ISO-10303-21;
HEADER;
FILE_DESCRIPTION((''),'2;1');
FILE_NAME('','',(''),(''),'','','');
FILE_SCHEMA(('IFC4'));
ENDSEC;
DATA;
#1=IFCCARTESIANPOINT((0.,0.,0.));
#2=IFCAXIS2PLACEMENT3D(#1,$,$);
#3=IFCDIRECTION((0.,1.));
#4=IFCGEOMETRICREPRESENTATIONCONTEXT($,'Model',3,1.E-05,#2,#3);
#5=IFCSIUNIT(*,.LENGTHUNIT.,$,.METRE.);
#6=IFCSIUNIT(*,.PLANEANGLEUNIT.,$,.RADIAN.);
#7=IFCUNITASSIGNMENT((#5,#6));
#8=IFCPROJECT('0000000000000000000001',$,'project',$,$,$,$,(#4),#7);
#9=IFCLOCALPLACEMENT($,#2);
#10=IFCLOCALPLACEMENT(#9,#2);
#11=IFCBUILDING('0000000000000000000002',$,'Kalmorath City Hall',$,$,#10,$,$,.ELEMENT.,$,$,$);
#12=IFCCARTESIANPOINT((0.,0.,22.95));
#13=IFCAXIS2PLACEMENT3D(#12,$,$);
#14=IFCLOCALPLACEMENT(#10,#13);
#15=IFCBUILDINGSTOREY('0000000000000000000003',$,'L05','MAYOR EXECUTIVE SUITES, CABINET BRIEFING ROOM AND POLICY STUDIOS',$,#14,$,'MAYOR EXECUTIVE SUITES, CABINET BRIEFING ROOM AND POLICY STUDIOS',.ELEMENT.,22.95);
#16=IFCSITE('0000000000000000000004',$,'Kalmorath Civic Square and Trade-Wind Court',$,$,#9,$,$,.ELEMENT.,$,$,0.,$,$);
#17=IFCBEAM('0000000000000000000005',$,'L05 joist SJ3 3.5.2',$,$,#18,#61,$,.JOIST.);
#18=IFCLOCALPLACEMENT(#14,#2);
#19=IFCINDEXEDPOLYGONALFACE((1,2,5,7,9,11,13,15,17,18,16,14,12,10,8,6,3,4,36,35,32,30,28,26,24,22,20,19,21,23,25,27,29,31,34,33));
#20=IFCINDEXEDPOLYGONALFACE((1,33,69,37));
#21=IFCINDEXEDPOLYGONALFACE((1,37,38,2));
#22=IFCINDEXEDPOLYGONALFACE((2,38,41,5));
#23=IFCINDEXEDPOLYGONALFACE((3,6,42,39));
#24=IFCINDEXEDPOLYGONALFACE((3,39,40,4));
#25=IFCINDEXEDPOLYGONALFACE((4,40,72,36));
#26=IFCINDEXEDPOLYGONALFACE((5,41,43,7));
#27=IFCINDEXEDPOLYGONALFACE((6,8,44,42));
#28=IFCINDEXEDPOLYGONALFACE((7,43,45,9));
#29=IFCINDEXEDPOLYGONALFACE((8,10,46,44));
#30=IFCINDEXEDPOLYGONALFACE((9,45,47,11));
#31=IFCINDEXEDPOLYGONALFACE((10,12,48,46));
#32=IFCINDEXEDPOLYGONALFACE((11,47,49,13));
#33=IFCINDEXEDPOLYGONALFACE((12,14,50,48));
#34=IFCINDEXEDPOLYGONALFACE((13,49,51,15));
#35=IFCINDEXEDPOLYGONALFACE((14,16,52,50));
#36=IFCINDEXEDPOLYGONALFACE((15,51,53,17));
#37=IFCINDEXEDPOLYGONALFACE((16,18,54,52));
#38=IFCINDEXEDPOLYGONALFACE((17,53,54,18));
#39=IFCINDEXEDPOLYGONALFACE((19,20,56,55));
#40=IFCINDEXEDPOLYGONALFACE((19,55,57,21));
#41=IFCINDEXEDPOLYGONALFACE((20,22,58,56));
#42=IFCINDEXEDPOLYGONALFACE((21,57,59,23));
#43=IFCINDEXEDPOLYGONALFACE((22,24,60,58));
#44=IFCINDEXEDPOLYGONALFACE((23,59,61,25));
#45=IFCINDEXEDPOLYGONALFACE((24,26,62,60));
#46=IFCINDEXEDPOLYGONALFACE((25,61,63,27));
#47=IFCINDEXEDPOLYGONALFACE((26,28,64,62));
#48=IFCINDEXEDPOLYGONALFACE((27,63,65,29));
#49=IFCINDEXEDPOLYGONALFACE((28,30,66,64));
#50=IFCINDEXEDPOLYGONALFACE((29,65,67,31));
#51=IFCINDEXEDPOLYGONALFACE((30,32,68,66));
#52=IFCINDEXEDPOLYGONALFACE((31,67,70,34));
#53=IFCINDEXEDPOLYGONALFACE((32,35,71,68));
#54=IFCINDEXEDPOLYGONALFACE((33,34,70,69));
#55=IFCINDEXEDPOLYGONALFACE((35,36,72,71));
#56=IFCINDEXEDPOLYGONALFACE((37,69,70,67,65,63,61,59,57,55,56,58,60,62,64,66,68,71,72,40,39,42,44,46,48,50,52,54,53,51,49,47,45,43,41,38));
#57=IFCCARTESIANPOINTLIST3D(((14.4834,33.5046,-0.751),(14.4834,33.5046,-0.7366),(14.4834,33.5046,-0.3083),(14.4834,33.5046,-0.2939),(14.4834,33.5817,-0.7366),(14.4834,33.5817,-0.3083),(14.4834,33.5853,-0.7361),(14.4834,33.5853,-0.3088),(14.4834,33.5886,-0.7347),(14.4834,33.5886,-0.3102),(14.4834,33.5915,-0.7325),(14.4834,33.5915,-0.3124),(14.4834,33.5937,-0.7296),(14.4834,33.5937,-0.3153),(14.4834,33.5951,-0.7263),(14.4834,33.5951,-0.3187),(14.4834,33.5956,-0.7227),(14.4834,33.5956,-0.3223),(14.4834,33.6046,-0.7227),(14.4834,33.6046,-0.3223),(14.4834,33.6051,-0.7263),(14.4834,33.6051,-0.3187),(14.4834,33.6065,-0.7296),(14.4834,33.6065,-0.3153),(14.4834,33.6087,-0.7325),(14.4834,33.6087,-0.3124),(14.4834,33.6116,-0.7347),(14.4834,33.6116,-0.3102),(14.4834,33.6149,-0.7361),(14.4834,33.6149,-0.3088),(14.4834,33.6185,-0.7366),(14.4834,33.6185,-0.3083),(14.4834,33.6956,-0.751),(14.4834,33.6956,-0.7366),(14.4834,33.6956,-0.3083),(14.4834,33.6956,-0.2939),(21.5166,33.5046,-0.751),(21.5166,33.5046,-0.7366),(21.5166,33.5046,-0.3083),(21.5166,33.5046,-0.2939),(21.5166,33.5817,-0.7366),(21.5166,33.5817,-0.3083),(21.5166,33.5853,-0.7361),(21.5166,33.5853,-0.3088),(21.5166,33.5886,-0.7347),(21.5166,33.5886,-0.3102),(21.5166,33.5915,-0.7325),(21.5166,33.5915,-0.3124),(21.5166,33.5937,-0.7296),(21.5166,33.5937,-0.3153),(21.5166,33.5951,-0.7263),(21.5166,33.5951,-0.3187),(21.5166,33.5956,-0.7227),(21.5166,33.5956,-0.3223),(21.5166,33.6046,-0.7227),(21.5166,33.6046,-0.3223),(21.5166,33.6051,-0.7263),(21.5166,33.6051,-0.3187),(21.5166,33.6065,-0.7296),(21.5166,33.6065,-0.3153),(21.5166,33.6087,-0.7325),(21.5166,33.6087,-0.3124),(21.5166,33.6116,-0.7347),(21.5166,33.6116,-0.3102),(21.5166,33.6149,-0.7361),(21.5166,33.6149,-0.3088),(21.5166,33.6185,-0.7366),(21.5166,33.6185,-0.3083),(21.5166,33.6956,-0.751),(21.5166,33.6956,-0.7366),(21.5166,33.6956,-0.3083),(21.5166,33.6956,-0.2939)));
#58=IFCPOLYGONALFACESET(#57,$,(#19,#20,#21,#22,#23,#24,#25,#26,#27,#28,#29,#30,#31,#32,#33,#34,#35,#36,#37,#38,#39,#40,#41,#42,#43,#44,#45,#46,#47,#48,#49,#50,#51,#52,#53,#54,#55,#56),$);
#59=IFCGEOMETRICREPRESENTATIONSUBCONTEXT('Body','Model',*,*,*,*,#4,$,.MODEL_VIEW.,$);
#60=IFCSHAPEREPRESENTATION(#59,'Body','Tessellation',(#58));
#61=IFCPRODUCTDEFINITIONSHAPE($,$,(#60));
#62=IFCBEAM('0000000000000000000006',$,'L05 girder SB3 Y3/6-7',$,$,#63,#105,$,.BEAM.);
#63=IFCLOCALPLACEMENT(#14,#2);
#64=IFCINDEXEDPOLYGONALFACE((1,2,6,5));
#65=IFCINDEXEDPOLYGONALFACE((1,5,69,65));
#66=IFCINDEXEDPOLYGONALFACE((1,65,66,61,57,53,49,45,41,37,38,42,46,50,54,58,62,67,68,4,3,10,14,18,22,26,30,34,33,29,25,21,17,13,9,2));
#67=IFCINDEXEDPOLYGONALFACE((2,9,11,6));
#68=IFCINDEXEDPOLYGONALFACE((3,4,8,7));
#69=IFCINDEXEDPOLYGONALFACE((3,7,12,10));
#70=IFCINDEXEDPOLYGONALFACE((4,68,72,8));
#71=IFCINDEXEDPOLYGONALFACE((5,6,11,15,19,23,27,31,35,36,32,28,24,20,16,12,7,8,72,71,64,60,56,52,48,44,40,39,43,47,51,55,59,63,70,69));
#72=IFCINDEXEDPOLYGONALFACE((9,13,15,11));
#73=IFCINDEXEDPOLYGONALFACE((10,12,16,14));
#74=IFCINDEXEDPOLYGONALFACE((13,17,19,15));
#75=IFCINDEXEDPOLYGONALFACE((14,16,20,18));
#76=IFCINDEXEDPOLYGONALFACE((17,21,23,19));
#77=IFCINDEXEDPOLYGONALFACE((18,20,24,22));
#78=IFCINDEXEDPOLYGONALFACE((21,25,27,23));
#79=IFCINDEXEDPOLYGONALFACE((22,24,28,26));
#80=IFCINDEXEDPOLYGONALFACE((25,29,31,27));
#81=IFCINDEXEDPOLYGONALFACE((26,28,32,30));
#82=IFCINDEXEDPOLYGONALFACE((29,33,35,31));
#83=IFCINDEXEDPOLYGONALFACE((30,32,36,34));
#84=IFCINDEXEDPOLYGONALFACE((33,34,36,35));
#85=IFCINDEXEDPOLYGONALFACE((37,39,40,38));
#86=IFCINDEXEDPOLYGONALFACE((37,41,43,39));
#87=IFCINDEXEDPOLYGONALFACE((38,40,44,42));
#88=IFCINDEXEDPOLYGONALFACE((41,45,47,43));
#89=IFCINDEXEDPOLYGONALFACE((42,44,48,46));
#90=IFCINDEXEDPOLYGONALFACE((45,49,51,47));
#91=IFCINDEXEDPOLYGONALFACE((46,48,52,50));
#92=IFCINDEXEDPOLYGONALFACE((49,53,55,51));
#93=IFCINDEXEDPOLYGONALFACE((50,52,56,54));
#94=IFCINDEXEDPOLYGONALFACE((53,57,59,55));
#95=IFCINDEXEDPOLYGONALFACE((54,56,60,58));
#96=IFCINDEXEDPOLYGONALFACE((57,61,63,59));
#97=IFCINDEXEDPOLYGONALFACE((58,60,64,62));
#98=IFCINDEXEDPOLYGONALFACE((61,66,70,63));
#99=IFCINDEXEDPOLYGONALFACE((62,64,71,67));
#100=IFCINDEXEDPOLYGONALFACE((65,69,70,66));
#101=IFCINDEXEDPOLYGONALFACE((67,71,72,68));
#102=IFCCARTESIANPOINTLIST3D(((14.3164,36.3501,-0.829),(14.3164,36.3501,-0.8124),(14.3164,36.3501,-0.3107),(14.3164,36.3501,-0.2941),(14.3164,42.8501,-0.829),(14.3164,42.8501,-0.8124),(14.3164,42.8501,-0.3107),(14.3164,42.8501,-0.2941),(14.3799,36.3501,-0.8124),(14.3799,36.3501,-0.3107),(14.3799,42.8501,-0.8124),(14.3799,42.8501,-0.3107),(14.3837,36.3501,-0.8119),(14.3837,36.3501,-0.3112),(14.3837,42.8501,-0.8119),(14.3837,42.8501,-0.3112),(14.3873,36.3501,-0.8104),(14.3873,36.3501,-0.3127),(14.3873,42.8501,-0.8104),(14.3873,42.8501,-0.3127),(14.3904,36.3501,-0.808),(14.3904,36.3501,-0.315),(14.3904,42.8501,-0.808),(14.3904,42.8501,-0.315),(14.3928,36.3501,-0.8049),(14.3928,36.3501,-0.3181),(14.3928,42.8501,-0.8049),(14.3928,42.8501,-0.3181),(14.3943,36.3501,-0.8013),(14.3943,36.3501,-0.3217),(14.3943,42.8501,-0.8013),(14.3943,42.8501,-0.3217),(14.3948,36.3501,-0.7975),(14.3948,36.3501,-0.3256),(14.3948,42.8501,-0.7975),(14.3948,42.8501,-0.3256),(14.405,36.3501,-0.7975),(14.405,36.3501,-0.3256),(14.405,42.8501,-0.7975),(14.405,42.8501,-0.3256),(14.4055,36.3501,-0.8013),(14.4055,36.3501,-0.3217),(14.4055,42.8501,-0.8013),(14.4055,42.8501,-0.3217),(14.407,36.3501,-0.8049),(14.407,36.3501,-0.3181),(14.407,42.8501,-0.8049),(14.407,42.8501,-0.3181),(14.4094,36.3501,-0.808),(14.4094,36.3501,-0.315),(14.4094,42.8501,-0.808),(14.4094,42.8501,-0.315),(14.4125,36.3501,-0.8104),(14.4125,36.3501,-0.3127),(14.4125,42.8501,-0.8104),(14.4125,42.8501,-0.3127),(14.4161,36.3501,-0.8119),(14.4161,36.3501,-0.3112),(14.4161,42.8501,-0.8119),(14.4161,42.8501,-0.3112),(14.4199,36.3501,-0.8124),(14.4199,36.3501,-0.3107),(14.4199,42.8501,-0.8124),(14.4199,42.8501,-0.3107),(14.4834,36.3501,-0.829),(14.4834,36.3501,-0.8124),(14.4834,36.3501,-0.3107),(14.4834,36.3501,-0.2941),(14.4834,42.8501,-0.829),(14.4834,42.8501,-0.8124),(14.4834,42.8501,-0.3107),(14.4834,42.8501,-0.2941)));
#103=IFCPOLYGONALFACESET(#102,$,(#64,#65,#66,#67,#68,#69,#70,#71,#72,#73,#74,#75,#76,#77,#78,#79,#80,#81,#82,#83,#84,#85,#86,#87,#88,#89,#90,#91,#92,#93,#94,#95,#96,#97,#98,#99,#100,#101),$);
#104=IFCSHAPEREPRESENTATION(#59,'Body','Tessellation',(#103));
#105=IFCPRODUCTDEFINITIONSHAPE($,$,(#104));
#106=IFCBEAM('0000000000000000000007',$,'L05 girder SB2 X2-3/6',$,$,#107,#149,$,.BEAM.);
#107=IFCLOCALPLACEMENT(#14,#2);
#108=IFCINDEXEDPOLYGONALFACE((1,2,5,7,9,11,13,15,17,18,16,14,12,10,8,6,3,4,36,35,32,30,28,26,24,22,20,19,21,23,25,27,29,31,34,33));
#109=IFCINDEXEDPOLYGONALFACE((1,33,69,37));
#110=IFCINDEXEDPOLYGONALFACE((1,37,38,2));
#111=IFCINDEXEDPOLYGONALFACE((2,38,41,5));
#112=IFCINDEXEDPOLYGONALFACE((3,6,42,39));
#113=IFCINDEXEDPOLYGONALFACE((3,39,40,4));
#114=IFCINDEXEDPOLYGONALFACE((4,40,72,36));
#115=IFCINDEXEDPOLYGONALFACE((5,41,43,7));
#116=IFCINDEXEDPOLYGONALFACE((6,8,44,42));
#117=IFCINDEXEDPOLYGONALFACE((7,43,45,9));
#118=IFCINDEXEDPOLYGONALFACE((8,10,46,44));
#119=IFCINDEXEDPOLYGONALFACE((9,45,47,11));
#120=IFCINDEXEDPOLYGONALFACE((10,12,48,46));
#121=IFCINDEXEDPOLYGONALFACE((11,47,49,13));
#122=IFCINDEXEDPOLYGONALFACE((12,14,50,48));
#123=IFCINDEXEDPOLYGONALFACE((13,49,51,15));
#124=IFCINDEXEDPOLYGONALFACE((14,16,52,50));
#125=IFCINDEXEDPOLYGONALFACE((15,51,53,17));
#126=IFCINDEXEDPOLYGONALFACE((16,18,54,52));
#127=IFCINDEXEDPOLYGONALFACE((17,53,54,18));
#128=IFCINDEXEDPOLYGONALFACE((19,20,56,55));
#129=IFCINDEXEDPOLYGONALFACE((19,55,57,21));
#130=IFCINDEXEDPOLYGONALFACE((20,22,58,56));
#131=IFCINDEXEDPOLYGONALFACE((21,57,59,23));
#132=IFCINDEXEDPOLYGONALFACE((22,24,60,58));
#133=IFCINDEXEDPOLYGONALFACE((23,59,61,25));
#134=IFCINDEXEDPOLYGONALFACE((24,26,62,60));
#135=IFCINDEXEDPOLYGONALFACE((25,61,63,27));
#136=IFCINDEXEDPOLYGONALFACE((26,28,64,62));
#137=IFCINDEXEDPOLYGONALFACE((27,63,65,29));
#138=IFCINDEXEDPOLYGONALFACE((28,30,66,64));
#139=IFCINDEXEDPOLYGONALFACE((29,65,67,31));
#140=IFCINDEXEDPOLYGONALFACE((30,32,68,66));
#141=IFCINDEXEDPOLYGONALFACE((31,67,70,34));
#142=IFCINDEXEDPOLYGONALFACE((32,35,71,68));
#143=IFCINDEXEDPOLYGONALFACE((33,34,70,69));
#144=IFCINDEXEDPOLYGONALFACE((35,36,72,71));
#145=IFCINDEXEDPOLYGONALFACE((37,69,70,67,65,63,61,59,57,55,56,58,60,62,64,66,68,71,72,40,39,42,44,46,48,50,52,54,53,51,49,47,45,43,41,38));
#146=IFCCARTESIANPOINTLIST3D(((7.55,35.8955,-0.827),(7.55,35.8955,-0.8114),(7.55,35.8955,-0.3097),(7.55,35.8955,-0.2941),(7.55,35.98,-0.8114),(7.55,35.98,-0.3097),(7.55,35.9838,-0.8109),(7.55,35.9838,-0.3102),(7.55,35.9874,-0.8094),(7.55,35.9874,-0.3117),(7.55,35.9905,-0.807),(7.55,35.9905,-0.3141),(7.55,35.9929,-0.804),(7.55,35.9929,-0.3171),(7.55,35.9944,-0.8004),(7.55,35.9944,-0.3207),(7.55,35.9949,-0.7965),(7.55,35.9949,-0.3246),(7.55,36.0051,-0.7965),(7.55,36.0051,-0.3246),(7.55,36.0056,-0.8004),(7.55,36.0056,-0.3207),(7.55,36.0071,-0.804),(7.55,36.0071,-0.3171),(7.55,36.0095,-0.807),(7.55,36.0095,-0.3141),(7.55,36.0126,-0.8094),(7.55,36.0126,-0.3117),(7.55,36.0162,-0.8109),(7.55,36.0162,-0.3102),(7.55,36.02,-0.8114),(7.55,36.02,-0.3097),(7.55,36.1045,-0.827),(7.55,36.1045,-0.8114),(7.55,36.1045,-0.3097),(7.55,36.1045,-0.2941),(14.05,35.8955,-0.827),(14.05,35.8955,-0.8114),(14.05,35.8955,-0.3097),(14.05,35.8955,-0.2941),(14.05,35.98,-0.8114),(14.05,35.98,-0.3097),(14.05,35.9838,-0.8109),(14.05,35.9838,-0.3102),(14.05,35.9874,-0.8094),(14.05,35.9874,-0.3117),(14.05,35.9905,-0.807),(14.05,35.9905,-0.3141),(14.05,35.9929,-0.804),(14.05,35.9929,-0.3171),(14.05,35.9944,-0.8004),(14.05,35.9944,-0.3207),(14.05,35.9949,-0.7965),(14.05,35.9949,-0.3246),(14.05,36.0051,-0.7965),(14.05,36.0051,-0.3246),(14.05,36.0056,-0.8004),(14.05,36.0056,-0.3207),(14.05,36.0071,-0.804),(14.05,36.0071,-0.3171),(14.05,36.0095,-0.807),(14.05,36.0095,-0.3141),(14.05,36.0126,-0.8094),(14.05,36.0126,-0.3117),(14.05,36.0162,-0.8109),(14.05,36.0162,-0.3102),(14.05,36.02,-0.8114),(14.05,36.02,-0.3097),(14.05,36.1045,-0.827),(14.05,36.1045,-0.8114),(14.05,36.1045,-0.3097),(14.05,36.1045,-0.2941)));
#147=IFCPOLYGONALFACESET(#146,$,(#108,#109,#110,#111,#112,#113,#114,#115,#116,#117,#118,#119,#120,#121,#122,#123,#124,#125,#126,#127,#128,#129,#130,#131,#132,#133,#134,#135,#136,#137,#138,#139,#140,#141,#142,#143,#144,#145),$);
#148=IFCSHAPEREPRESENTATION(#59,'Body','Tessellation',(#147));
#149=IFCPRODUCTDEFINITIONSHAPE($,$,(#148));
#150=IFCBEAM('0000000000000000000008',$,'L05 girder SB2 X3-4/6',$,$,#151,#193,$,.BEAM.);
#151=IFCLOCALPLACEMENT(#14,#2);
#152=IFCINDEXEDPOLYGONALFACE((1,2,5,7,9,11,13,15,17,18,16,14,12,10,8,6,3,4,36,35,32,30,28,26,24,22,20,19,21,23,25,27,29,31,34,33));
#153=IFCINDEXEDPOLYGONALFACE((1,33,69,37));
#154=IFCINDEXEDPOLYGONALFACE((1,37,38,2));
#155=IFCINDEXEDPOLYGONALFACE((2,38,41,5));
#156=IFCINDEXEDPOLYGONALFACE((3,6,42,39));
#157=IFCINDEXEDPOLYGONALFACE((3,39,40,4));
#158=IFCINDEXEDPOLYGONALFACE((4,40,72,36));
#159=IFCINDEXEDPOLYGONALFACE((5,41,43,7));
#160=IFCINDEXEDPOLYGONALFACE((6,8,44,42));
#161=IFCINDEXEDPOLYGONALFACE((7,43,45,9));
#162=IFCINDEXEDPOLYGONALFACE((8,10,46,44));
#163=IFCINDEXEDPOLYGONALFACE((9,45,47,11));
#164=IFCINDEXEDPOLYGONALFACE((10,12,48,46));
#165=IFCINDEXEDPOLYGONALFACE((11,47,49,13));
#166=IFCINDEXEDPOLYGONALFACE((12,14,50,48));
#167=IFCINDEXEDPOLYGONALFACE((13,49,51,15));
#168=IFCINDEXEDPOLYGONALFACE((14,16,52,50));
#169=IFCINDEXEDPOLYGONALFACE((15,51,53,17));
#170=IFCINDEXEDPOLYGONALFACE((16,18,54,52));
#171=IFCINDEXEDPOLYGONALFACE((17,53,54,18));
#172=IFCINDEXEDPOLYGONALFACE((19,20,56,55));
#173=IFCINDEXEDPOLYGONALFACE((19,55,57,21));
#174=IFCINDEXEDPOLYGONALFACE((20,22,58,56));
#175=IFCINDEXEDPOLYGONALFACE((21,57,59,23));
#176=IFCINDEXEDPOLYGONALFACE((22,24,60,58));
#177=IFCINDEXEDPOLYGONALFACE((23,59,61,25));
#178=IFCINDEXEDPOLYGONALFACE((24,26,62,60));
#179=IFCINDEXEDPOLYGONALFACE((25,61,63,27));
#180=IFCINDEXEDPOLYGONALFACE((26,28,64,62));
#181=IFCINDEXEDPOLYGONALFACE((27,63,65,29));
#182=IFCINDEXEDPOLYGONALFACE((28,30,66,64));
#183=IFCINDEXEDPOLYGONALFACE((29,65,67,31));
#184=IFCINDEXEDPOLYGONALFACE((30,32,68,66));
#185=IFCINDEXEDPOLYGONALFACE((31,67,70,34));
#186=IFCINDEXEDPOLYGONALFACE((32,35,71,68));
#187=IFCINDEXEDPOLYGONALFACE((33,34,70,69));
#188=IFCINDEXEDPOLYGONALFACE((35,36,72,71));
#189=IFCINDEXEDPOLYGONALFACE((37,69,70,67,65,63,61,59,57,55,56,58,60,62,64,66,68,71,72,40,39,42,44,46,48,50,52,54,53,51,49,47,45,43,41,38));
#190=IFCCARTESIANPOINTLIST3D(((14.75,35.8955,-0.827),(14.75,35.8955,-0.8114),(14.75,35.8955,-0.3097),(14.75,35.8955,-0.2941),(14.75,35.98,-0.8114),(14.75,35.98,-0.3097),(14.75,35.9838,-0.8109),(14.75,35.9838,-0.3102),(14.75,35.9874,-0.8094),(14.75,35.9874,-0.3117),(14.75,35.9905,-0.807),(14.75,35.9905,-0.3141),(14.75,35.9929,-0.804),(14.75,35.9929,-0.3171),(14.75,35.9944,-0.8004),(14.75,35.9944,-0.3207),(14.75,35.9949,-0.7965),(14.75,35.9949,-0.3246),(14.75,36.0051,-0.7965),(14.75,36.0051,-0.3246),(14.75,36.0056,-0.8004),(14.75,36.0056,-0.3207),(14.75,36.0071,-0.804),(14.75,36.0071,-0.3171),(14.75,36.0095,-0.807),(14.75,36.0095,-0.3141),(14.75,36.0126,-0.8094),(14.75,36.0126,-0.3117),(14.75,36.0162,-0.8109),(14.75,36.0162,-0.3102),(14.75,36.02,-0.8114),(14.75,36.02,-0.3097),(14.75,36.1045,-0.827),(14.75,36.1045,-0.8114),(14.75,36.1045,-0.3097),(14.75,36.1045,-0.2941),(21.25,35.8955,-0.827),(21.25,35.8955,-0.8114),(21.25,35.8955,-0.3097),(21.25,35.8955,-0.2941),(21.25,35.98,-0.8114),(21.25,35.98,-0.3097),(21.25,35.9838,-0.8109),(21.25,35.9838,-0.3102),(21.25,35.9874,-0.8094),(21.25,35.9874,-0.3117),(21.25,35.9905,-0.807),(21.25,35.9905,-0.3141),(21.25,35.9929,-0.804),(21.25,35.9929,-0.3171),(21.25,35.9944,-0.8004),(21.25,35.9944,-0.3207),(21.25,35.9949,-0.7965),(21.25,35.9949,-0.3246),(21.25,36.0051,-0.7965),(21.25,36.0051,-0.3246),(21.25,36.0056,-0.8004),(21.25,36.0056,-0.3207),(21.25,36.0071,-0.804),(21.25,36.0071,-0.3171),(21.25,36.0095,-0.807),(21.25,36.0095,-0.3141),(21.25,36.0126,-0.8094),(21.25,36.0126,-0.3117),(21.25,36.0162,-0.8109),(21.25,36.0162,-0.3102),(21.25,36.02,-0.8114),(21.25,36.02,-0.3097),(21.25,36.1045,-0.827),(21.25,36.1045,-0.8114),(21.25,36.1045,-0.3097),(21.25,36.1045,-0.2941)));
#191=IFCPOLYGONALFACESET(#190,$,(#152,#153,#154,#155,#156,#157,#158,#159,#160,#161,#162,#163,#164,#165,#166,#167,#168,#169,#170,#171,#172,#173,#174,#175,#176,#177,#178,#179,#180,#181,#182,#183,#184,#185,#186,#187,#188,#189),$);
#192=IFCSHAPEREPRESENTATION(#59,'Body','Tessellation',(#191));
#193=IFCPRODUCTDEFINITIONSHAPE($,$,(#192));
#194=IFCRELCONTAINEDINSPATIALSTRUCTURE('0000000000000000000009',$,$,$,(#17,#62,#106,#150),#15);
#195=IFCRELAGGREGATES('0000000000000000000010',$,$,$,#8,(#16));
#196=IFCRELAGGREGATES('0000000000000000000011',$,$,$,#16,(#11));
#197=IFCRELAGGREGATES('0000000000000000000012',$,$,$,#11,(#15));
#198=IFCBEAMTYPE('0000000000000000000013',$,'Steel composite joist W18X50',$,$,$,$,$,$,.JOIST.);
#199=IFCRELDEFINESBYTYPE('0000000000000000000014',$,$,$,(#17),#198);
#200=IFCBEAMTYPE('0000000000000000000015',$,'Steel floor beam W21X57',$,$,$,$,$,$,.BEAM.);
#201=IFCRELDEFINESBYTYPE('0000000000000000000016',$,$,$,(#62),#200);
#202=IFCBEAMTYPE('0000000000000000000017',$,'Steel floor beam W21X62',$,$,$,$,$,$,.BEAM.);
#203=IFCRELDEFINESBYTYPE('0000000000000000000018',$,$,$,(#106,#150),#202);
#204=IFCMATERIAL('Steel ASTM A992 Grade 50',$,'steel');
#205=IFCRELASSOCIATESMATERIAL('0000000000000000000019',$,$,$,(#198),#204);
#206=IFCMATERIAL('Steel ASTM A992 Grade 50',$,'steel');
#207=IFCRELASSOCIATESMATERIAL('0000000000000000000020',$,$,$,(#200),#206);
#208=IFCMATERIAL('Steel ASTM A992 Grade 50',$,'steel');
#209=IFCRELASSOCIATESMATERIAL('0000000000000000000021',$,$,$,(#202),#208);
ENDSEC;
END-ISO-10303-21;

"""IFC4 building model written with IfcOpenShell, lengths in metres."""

from ifc_helpers import new_model, si_unit, direction, frame, origin, origin_2d, place, context, subcontext, project, spatial, i_section, extrude, material, material_profile, profile_set, type_object, element, save


model = new_model("IFC4")

# Units and contexts
model_context = context("Model", 3, precision=1e-05, world=origin(), true_north=direction((0.0, 1.0)))
body_context = subcontext(model_context, "Body", "Model", "MODEL_VIEW")
ifc_project = project(units=[si_unit("LENGTHUNIT", "METRE"), si_unit("PLANEANGLEUNIT", "RADIAN")], contexts=[model_context])

# Site, building, storey
site_placement = place(None, origin())
site = spatial("IfcSite", under=ifc_project, at=site_placement, Name="Kalmorath Civic Square and Trade-Wind Court", CompositionType="ELEMENT", RefElevation=0.0)
building_placement = place(site_placement, origin())
building = spatial("IfcBuilding", under=site, at=building_placement, Name="Kalmorath City Hall", CompositionType="ELEMENT")
storey_placement = place(building_placement, frame((0.0, 0.0, 22.95)))
storey = spatial("IfcBuildingStorey", under=building, at=storey_placement, Name="L05", Description="MAYOR EXECUTIVE SUITES, CABINET BRIEFING ROOM AND POLICY STUDIOS", LongName="MAYOR EXECUTIVE SUITES, CABINET BRIEFING ROOM AND POLICY STUDIOS", CompositionType="ELEMENT", Elevation=22.95)

# Beams
ifc_material_1 = material(Name="Steel ASTM A992 Grade 50", Category="steel")
ifc_material_profile_1 = material_profile(ifc_material_1, i_section(OverallWidth=0.1909, OverallDepth=0.457, WebThickness=0.009, FlangeThickness=0.0144, FilletRadius=0.0139, at=origin_2d()), Name="W18X50")
ifc_profile_set_1 = profile_set([ifc_material_profile_1], Name="Steel ASTM A992 Grade 50")
beam_type_1 = type_object("IfcBeamType", Name="Steel composite joist W18X50", PredefinedType="JOIST", material=ifc_profile_set_1)
beam_1_placement = place(storey_placement, frame((14.4834, 33.6001, -0.5225), z_axis=(1.0, 0.0, 0.0), x_axis=(0.0, 1.0, 0.0)))
element("IfcBeam", 1, at=beam_1_placement, inside=storey, type_object=beam_type_1, Name="L05 joist SJ3 3.5.2", PredefinedType="JOIST", context=body_context, shape_type="SweptSolid", body=[
    extrude(i_section(OverallWidth=0.1909, OverallDepth=0.457, WebThickness=0.009, FlangeThickness=0.0144, FilletRadius=0.0139, at=origin_2d()), origin(), (0.0, 0.0, 1.0), 7.0332),
])
ifc_material_2 = material(Name="Steel ASTM A992 Grade 50", Category="steel")
ifc_material_profile_2 = material_profile(ifc_material_2, i_section(OverallWidth=0.167, OverallDepth=0.5349, WebThickness=0.0103, FlangeThickness=0.0166, FilletRadius=0.0149, at=origin_2d()), Name="W21X57")
ifc_profile_set_2 = profile_set([ifc_material_profile_2], Name="Steel ASTM A992 Grade 50")
beam_type_2 = type_object("IfcBeamType", Name="Steel floor beam W21X57", PredefinedType="BEAM", material=ifc_profile_set_2)
beam_2_placement = place(storey_placement, frame((14.3999, 36.3501, -0.5615), z_axis=(0.0, 1.0, 0.0), x_axis=(-1.0, 0.0, 0.0)))
element("IfcBeam", 2, at=beam_2_placement, inside=storey, type_object=beam_type_2, Name="L05 girder SB3 Y3/6-7", PredefinedType="BEAM", context=body_context, shape_type="SweptSolid", body=[
    extrude(i_section(OverallWidth=0.167, OverallDepth=0.5349, WebThickness=0.0103, FlangeThickness=0.0166, FilletRadius=0.0149, at=origin_2d()), origin(), (0.0, 0.0, 1.0), 6.5),
])
ifc_material_3 = material(Name="Steel ASTM A992 Grade 50", Category="steel")
ifc_material_profile_3 = material_profile(ifc_material_3, i_section(OverallWidth=0.209, OverallDepth=0.533, WebThickness=0.0103, FlangeThickness=0.0156, FilletRadius=0.0149, at=origin_2d()), Name="W21X62")
ifc_profile_set_3 = profile_set([ifc_material_profile_3], Name="Steel ASTM A992 Grade 50")
beam_type_3 = type_object("IfcBeamType", Name="Steel floor beam W21X62", PredefinedType="BEAM", material=ifc_profile_set_3)
for number, where, z_axis, x_axis, name in (
    (3, (7.55, 36.0, -0.5605), (1.0, 0.0, 0.0), (0.0, 1.0, 0.0), "L05 girder SB2 X2-3/6"),
    (4, (14.75, 36.0, -0.5605), (1.0, 0.0, 0.0), (0.0, 1.0, 0.0), "L05 girder SB2 X3-4/6"),
):
    element("IfcBeam", number, at=place(storey_placement, frame(where, z_axis=z_axis, x_axis=x_axis)), inside=storey, type_object=beam_type_3, Name=name, PredefinedType="BEAM", context=body_context, shape_type="SweptSolid", body=[
        extrude(i_section(OverallWidth=0.209, OverallDepth=0.533, WebThickness=0.0103, FlangeThickness=0.0156, FilletRadius=0.0149, at=origin_2d()), origin(), (0.0, 0.0, 1.0), 6.5),
    ])

save(model, "model.ifc")
